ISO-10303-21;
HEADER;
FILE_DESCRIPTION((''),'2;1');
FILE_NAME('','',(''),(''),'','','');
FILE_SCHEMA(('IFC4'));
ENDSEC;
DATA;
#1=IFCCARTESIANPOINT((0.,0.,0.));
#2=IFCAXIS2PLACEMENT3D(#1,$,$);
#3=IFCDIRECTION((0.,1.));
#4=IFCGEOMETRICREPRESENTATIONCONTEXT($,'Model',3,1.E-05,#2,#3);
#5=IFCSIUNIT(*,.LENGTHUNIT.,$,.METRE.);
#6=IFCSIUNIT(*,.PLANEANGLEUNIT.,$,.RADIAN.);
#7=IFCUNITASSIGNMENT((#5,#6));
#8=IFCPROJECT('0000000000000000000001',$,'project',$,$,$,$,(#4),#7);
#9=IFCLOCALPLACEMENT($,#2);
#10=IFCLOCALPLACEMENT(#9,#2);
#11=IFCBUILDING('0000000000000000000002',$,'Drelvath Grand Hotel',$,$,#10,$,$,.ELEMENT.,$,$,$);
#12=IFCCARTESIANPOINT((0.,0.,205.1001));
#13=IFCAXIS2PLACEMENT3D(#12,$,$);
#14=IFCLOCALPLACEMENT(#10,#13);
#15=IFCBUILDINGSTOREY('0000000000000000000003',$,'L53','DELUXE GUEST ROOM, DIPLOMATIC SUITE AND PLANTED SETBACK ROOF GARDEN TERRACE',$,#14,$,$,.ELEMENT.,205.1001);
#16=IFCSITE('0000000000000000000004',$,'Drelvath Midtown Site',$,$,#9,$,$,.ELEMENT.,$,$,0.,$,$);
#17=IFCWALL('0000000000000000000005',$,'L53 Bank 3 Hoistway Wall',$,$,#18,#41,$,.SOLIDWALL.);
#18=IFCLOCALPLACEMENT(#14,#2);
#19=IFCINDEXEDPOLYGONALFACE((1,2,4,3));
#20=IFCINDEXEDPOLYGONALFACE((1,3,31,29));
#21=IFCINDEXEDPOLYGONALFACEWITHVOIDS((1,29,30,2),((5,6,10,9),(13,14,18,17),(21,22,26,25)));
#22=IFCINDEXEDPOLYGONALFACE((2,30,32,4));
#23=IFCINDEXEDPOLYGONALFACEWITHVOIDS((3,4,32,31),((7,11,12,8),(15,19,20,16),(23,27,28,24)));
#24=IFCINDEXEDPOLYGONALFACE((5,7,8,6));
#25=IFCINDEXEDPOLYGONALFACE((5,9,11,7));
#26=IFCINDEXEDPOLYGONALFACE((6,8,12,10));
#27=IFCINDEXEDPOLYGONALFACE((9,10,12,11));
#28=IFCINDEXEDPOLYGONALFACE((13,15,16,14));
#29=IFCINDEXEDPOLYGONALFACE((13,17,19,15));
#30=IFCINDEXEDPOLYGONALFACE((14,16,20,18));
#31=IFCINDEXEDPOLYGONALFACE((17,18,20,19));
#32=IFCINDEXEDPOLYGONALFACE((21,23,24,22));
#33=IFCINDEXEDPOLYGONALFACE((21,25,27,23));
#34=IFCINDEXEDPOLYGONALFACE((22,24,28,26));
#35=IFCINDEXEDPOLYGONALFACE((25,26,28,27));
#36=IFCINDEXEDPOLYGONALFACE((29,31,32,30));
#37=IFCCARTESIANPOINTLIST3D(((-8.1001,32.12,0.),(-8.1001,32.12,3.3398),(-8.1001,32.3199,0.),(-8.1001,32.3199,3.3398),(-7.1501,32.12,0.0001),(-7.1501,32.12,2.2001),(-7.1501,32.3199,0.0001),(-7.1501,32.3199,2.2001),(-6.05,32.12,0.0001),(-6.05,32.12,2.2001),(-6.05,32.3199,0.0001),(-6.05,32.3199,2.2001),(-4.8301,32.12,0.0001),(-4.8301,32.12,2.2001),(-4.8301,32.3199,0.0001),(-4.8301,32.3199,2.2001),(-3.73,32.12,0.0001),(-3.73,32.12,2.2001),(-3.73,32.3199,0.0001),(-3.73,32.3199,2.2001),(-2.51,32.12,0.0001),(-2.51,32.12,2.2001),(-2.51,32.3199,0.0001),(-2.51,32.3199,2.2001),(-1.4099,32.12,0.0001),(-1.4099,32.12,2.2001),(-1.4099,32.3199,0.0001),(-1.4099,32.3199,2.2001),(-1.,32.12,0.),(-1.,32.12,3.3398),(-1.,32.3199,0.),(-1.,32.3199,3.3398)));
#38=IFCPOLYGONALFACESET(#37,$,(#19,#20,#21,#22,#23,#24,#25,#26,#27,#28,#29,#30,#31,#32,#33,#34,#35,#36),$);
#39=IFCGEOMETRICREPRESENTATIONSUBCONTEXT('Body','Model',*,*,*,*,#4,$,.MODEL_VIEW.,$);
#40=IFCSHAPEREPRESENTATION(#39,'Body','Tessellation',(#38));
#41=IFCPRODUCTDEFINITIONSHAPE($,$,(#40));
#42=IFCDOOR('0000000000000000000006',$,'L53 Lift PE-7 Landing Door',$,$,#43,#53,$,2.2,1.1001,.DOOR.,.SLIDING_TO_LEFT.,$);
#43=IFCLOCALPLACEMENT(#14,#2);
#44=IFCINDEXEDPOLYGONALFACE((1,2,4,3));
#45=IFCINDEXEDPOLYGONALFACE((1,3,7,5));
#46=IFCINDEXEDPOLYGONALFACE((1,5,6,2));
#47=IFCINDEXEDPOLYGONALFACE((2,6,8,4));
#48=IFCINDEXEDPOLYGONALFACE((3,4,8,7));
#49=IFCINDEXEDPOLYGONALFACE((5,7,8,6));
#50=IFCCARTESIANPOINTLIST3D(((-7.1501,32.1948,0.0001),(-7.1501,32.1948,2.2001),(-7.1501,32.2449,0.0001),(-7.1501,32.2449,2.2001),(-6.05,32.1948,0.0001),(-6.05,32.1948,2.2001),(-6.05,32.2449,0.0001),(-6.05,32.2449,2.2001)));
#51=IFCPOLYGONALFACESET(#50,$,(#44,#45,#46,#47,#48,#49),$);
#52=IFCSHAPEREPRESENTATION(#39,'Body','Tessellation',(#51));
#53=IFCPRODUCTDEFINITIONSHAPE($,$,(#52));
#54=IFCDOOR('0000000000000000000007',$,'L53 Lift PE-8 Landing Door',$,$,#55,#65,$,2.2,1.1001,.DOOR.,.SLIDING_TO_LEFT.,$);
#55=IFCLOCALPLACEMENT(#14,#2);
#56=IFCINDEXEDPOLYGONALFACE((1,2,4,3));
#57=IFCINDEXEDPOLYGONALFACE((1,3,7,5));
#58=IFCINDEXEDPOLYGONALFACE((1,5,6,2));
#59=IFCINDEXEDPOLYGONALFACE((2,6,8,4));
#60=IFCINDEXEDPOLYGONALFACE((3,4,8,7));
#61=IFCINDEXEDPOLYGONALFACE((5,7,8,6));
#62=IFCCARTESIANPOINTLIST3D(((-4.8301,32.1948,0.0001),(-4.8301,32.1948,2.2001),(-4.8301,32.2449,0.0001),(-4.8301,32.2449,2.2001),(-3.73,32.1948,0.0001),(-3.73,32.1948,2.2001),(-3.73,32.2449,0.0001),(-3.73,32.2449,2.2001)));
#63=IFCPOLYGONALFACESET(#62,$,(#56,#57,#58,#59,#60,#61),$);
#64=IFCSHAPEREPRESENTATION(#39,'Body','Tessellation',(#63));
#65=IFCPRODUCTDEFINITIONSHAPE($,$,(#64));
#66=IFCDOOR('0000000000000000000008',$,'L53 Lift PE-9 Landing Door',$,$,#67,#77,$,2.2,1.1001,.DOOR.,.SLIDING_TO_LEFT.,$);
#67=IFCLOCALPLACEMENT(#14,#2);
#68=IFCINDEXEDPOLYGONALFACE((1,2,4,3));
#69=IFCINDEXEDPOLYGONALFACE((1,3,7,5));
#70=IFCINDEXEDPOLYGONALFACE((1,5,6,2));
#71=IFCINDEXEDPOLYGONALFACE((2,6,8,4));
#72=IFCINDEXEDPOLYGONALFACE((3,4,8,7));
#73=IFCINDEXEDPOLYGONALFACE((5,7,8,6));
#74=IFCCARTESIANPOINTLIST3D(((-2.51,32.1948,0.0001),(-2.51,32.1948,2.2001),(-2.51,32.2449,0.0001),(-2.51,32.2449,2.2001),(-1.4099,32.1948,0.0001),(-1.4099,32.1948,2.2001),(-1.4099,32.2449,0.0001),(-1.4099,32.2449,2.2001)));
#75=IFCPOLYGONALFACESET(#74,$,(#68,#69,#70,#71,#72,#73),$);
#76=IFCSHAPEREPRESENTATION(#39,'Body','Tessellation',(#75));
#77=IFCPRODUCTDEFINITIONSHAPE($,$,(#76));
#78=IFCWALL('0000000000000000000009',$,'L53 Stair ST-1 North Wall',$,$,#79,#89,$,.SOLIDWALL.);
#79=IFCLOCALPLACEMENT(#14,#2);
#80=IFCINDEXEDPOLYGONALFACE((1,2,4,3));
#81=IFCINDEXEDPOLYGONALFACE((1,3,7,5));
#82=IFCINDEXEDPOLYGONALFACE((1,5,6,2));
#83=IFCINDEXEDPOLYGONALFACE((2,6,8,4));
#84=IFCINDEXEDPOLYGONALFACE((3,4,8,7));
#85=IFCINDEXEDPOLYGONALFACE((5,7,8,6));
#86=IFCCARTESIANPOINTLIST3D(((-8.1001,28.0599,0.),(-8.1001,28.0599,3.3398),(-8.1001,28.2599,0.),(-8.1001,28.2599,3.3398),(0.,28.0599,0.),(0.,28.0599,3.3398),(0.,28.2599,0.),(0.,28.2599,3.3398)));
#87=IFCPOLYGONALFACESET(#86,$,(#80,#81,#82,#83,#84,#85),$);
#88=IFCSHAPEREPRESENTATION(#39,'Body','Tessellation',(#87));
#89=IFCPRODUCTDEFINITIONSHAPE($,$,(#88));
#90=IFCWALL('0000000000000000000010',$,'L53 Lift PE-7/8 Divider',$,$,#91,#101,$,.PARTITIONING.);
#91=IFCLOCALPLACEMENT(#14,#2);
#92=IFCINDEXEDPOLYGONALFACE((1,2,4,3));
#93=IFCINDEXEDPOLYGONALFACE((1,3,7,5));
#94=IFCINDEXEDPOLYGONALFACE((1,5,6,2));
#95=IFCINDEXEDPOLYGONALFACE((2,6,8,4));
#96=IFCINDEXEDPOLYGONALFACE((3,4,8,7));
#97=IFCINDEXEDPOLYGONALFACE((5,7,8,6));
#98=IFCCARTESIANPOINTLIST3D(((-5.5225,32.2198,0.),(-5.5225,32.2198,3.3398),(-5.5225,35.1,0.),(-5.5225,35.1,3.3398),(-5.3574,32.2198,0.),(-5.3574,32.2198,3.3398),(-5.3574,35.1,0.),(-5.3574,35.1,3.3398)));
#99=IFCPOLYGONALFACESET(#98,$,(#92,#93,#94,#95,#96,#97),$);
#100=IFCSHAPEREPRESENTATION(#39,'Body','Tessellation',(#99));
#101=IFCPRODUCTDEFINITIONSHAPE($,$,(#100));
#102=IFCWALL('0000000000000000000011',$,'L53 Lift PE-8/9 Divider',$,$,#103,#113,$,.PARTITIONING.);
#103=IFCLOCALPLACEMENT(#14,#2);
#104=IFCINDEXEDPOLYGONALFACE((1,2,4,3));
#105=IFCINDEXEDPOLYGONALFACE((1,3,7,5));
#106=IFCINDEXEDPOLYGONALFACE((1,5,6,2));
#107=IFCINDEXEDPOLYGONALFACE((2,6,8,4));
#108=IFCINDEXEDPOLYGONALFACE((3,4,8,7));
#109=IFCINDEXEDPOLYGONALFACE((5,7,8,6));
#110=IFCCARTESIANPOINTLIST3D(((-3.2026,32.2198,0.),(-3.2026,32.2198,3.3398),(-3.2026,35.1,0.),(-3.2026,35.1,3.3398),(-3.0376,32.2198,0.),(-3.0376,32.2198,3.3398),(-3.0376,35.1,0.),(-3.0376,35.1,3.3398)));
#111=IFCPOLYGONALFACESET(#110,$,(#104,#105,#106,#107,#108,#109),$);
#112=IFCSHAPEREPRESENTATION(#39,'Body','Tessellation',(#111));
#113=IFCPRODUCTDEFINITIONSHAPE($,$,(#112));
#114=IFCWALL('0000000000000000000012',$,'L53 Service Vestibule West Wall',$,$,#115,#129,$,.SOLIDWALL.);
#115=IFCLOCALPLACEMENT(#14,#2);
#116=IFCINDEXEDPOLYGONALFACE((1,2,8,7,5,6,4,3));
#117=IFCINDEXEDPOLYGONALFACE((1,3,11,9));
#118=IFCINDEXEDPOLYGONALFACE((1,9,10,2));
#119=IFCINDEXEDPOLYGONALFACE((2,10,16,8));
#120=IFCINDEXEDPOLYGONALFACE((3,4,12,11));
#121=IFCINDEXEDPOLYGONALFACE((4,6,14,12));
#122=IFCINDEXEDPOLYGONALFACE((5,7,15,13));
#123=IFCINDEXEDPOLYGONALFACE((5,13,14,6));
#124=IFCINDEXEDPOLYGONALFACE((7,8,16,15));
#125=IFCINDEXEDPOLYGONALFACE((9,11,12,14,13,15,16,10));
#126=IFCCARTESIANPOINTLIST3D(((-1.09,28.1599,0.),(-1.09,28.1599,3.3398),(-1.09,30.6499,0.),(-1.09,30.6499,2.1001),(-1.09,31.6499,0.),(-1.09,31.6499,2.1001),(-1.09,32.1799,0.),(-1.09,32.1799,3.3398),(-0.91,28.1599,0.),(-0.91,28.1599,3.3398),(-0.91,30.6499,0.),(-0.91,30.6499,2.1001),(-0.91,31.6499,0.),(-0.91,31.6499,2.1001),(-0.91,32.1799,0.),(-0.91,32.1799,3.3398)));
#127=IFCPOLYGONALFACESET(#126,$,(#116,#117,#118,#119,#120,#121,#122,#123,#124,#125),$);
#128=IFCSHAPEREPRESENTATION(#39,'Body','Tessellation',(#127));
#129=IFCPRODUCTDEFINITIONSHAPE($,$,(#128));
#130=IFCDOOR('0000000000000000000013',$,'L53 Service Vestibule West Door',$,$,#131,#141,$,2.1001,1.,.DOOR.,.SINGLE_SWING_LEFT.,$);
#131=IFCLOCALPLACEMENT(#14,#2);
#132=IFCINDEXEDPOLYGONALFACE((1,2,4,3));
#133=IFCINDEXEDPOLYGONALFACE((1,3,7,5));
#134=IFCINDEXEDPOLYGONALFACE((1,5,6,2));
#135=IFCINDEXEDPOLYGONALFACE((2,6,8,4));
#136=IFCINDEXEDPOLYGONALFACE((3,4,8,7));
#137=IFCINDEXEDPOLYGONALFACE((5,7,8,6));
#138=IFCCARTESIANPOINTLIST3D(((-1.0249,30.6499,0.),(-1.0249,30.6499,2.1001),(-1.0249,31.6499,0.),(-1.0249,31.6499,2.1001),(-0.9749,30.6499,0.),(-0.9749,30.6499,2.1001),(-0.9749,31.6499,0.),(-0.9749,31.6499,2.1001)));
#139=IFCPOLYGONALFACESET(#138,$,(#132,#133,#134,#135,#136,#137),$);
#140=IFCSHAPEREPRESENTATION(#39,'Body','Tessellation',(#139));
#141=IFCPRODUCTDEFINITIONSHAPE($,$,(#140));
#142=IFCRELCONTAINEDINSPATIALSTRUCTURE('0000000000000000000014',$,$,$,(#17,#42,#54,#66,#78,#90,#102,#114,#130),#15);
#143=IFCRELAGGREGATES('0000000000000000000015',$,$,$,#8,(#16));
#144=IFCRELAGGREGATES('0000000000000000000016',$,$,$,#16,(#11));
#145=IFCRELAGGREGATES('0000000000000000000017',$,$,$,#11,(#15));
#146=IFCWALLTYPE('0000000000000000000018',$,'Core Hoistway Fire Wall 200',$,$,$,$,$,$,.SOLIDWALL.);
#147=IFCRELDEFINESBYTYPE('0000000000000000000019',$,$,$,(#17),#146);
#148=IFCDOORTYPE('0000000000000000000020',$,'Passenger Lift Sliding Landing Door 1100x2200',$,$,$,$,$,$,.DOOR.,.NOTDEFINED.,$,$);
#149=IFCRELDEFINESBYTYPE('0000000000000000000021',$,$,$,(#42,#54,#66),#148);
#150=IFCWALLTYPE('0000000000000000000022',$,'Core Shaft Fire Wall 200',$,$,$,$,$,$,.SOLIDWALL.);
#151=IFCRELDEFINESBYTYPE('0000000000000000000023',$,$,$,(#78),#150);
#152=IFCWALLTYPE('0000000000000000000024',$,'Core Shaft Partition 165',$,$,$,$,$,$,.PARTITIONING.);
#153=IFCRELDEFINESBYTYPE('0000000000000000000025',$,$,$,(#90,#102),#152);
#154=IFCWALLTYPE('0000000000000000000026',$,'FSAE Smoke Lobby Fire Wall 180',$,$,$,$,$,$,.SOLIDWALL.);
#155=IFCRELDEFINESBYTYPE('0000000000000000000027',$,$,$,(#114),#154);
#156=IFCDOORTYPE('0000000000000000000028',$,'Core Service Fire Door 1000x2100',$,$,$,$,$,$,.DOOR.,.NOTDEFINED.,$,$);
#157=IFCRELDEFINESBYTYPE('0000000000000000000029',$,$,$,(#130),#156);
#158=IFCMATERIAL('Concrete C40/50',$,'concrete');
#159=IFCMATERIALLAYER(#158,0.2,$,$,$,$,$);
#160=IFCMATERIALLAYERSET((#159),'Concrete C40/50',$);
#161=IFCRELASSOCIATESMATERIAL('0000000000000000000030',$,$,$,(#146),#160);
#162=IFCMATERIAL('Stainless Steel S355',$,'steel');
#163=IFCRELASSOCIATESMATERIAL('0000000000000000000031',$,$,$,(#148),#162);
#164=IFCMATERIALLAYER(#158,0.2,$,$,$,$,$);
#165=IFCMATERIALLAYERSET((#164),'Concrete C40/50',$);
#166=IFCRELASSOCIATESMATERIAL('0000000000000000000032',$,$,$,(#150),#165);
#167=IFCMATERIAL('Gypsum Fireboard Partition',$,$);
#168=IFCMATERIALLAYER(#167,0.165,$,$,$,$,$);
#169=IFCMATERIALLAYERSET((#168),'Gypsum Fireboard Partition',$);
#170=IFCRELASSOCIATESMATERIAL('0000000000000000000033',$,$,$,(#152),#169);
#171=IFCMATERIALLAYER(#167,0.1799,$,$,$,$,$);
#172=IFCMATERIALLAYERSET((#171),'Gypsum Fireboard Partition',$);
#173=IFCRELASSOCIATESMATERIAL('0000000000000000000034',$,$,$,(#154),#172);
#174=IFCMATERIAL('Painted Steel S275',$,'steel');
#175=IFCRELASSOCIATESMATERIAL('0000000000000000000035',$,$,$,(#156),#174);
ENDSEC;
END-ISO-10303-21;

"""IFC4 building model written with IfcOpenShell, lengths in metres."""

from ifc_helpers import new_model, si_unit, direction, frame, frame_2d, origin, place, context, subcontext, project, spatial, rectangle, extrude, material, layer, layer_set, type_object, element, fill, save


model = new_model("IFC4")

# Units and contexts
model_context = context("Model", 3, precision=1e-05, world=origin(), true_north=direction((0.0, 1.0)))
body_context = subcontext(model_context, "Body", "Model", "MODEL_VIEW")
ifc_project = project(units=[si_unit("LENGTHUNIT", "METRE"), si_unit("PLANEANGLEUNIT", "RADIAN")], contexts=[model_context])

# Site, building, storey
site_placement = place(None, origin())
site = spatial("IfcSite", under=ifc_project, at=site_placement, Name="Drelvath Midtown Site", CompositionType="ELEMENT", RefElevation=0.0)
building_placement = place(site_placement, origin())
building = spatial("IfcBuilding", under=site, at=building_placement, Name="Drelvath Grand Hotel", CompositionType="ELEMENT")
storey_placement = place(building_placement, frame((0.0, 0.0, 205.1001)))
storey = spatial("IfcBuildingStorey", under=building, at=storey_placement, Name="L53", Description="DELUXE GUEST ROOM, DIPLOMATIC SUITE AND PLANTED SETBACK ROOF GARDEN TERRACE", CompositionType="ELEMENT", Elevation=205.1001)

# Shared definitions
ifc_material_1 = material(Name="Painted Steel S275", Category="steel")

# Shared definitions
ifc_material_2 = material(Name="Concrete C40/50", Category="concrete")
ifc_layer_1 = layer(ifc_material_2, 0.2)
ifc_layer_set_1 = layer_set([ifc_layer_1], Name="Concrete C40/50")
wall_type_1 = type_object("IfcWallType", Name="Core Hoistway Fire Wall 200", PredefinedType="SOLIDWALL", material=ifc_layer_set_1)
ifc_material_3 = material(Name="Stainless Steel S355", Category="steel")

# Wall, openings, doors
wall_1_placement = place(storey_placement, frame((-8.1001, 32.22, 0.0), z_axis=(0.0, 0.0, 1.0), x_axis=(1.0, 0.0, 0.0)))
wall_1 = element("IfcWall", 1, at=wall_1_placement, inside=storey, type_object=wall_type_1, Name="L53 Bank 3 Hoistway Wall", PredefinedType="SOLIDWALL", context=body_context, shape_type="SweptSolid", body=[
    extrude(rectangle(XDim=7.1001, YDim=0.2, at=frame_2d((3.55, 0.0))), origin(), (0.0, 0.0, 1.0), 3.3398),
])
opening_1_placement = place(wall_1_placement, frame((0.95, 0.0, 0.0)))
opening_1 = element("IfcOpeningElement", 2, at=opening_1_placement, cuts=wall_1, PredefinedType="OPENING", context=body_context, shape_type="SweptSolid", body=[
    extrude(rectangle(XDim=1.1001, YDim=2.2, at=frame_2d((0.55, 1.1001))), frame((0.0, 0.1099, 0.0), z_axis=(0.0, -1.0, 0.0), x_axis=(1.0, 0.0, 0.0)), (0.0, 0.0, 1.0), 0.22),
])
opening_2_placement = place(wall_1_placement, frame((3.27, 0.0, 0.0)))
opening_2 = element("IfcOpeningElement", 3, at=opening_2_placement, cuts=wall_1, PredefinedType="OPENING", context=body_context, shape_type="SweptSolid", body=[
    extrude(rectangle(XDim=1.1001, YDim=2.2, at=frame_2d((0.55, 1.1001))), frame((0.0, 0.1099, 0.0), z_axis=(0.0, -1.0, 0.0), x_axis=(1.0, 0.0, 0.0)), (0.0, 0.0, 1.0), 0.22),
])
opening_3_placement = place(wall_1_placement, frame((5.5901, 0.0, 0.0)))
opening_3 = element("IfcOpeningElement", 4, at=opening_3_placement, cuts=wall_1, PredefinedType="OPENING", context=body_context, shape_type="SweptSolid", body=[
    extrude(rectangle(XDim=1.1001, YDim=2.2, at=frame_2d((0.55, 1.1001))), frame((0.0, 0.1099, 0.0), z_axis=(0.0, -1.0, 0.0), x_axis=(1.0, 0.0, 0.0)), (0.0, 0.0, 1.0), 0.22),
])
door_type_1 = type_object("IfcDoorType", Name="Passenger Lift Sliding Landing Door 1100x2200", OperationType="NOTDEFINED", PredefinedType="DOOR", material=ifc_material_3)
door_1_placement = place(opening_1_placement, origin())
door_1 = element("IfcDoor", 5, at=door_1_placement, inside=storey, type_object=door_type_1, Name="L53 Lift PE-7 Landing Door", OperationType="SLIDING_TO_LEFT", OverallHeight=2.2, OverallWidth=1.1001, PredefinedType="DOOR", context=body_context, shape_type="SweptSolid", body=[
    extrude(rectangle(XDim=1.1001, YDim=2.2, at=frame_2d((0.55, 1.1001))), frame((0.0, 0.0249, 0.0), z_axis=(0.0, -1.0, 0.0), x_axis=(1.0, 0.0, 0.0)), (0.0, 0.0, 1.0), 0.05),
])
fill(opening_1, door_1)
door_2_placement = place(opening_2_placement, origin())
door_2 = element("IfcDoor", 6, at=door_2_placement, inside=storey, type_object=door_type_1, Name="L53 Lift PE-8 Landing Door", OperationType="SLIDING_TO_LEFT", OverallHeight=2.2, OverallWidth=1.1001, PredefinedType="DOOR", context=body_context, shape_type="SweptSolid", body=[
    extrude(rectangle(XDim=1.1001, YDim=2.2, at=frame_2d((0.55, 1.1001))), frame((0.0, 0.0249, 0.0), z_axis=(0.0, -1.0, 0.0), x_axis=(1.0, 0.0, 0.0)), (0.0, 0.0, 1.0), 0.05),
])
fill(opening_2, door_2)
door_3_placement = place(opening_3_placement, origin())
door_3 = element("IfcDoor", 7, at=door_3_placement, inside=storey, type_object=door_type_1, Name="L53 Lift PE-9 Landing Door", OperationType="SLIDING_TO_LEFT", OverallHeight=2.2, OverallWidth=1.1001, PredefinedType="DOOR", context=body_context, shape_type="SweptSolid", body=[
    extrude(rectangle(XDim=1.1001, YDim=2.2, at=frame_2d((0.55, 1.1001))), frame((0.0, 0.0249, 0.0), z_axis=(0.0, -1.0, 0.0), x_axis=(1.0, 0.0, 0.0)), (0.0, 0.0, 1.0), 0.05),
])
fill(opening_3, door_3)

# Walls
ifc_layer_2 = layer(ifc_material_2, 0.2)
ifc_layer_set_2 = layer_set([ifc_layer_2], Name="Concrete C40/50")
wall_type_2 = type_object("IfcWallType", Name="Core Shaft Fire Wall 200", PredefinedType="SOLIDWALL", material=ifc_layer_set_2)
wall_2_placement = place(storey_placement, frame((-8.1001, 28.1599, 0.0), z_axis=(0.0, 0.0, 1.0), x_axis=(1.0, 0.0, 0.0)))
element("IfcWall", 8, at=wall_2_placement, inside=storey, type_object=wall_type_2, Name="L53 Stair ST-1 North Wall", PredefinedType="SOLIDWALL", context=body_context, shape_type="SweptSolid", body=[
    extrude(rectangle(XDim=8.1001, YDim=0.2, at=frame_2d((4.05, 0.0))), origin(), (0.0, 0.0, 1.0), 3.3398),
])
ifc_material_4 = material(Name="Gypsum Fireboard Partition")
ifc_layer_3 = layer(ifc_material_4, 0.165)
ifc_layer_set_3 = layer_set([ifc_layer_3], Name="Gypsum Fireboard Partition")
wall_type_3 = type_object("IfcWallType", Name="Core Shaft Partition 165", PredefinedType="PARTITIONING", material=ifc_layer_set_3)
for number, where, z_axis, x_axis, name in (
    (9, (-5.4399, 32.22, 0.0), (0.0, 0.0, 1.0), (0.0, 1.0, 0.0), "L53 Lift PE-7/8 Divider"),
    (10, (-3.1201, 32.22, 0.0), (0.0, 0.0, 1.0), (0.0, 1.0, 0.0), "L53 Lift PE-8/9 Divider"),
):
    element("IfcWall", number, at=place(storey_placement, frame(where, z_axis=z_axis, x_axis=x_axis)), inside=storey, type_object=wall_type_3, Name=name, PredefinedType="PARTITIONING", context=body_context, shape_type="SweptSolid", body=[
        extrude(rectangle(XDim=2.8801, YDim=0.165, at=frame_2d((1.4399, 0.0))), origin(), (0.0, 0.0, 1.0), 3.3398),
    ])

# Wall, opening, door
ifc_layer_4 = layer(ifc_material_4, 0.1799)
ifc_layer_set_4 = layer_set([ifc_layer_4], Name="Gypsum Fireboard Partition")
wall_type_4 = type_object("IfcWallType", Name="FSAE Smoke Lobby Fire Wall 180", PredefinedType="SOLIDWALL", material=ifc_layer_set_4)
wall_3_placement = place(storey_placement, frame((-1.0, 28.1599, 0.0), z_axis=(0.0, 0.0, 1.0), x_axis=(0.0, 1.0, 0.0)))
wall_3 = element("IfcWall", 11, at=wall_3_placement, inside=storey, type_object=wall_type_4, Name="L53 Service Vestibule West Wall", PredefinedType="SOLIDWALL", context=body_context, shape_type="SweptSolid", body=[
    extrude(rectangle(XDim=4.02, YDim=0.1799, at=frame_2d((2.01, 0.0))), origin(), (0.0, 0.0, 1.0), 3.3398),
])
opening_4_placement = place(wall_3_placement, frame((2.49, 0.0, 0.0)))
opening_4 = element("IfcOpeningElement", 12, at=opening_4_placement, cuts=wall_3, PredefinedType="OPENING", context=body_context, shape_type="SweptSolid", body=[
    extrude(rectangle(XDim=1.0, YDim=2.1001, at=frame_2d((0.5, 1.05))), frame((0.0, 0.0999, 0.0), z_axis=(0.0, -1.0, 0.0), x_axis=(1.0, 0.0, 0.0)), (0.0, 0.0, 1.0), 0.2),
])
door_type_2 = type_object("IfcDoorType", Name="Core Service Fire Door 1000x2100", OperationType="NOTDEFINED", PredefinedType="DOOR", material=ifc_material_1)
door_4_placement = place(opening_4_placement, origin())
door_4 = element("IfcDoor", 13, at=door_4_placement, inside=storey, type_object=door_type_2, Name="L53 Service Vestibule West Door", OperationType="SINGLE_SWING_LEFT", OverallHeight=2.1001, OverallWidth=1.0, PredefinedType="DOOR", context=body_context, shape_type="SweptSolid", body=[
    extrude(rectangle(XDim=1.0, YDim=2.1001, at=frame_2d((0.5, 1.05))), frame((0.0, 0.0249, 0.0), z_axis=(0.0, -1.0, 0.0), x_axis=(1.0, 0.0, 0.0)), (0.0, 0.0, 1.0), 0.05),
])
fill(opening_4, door_4)

save(model, "model.ifc")
